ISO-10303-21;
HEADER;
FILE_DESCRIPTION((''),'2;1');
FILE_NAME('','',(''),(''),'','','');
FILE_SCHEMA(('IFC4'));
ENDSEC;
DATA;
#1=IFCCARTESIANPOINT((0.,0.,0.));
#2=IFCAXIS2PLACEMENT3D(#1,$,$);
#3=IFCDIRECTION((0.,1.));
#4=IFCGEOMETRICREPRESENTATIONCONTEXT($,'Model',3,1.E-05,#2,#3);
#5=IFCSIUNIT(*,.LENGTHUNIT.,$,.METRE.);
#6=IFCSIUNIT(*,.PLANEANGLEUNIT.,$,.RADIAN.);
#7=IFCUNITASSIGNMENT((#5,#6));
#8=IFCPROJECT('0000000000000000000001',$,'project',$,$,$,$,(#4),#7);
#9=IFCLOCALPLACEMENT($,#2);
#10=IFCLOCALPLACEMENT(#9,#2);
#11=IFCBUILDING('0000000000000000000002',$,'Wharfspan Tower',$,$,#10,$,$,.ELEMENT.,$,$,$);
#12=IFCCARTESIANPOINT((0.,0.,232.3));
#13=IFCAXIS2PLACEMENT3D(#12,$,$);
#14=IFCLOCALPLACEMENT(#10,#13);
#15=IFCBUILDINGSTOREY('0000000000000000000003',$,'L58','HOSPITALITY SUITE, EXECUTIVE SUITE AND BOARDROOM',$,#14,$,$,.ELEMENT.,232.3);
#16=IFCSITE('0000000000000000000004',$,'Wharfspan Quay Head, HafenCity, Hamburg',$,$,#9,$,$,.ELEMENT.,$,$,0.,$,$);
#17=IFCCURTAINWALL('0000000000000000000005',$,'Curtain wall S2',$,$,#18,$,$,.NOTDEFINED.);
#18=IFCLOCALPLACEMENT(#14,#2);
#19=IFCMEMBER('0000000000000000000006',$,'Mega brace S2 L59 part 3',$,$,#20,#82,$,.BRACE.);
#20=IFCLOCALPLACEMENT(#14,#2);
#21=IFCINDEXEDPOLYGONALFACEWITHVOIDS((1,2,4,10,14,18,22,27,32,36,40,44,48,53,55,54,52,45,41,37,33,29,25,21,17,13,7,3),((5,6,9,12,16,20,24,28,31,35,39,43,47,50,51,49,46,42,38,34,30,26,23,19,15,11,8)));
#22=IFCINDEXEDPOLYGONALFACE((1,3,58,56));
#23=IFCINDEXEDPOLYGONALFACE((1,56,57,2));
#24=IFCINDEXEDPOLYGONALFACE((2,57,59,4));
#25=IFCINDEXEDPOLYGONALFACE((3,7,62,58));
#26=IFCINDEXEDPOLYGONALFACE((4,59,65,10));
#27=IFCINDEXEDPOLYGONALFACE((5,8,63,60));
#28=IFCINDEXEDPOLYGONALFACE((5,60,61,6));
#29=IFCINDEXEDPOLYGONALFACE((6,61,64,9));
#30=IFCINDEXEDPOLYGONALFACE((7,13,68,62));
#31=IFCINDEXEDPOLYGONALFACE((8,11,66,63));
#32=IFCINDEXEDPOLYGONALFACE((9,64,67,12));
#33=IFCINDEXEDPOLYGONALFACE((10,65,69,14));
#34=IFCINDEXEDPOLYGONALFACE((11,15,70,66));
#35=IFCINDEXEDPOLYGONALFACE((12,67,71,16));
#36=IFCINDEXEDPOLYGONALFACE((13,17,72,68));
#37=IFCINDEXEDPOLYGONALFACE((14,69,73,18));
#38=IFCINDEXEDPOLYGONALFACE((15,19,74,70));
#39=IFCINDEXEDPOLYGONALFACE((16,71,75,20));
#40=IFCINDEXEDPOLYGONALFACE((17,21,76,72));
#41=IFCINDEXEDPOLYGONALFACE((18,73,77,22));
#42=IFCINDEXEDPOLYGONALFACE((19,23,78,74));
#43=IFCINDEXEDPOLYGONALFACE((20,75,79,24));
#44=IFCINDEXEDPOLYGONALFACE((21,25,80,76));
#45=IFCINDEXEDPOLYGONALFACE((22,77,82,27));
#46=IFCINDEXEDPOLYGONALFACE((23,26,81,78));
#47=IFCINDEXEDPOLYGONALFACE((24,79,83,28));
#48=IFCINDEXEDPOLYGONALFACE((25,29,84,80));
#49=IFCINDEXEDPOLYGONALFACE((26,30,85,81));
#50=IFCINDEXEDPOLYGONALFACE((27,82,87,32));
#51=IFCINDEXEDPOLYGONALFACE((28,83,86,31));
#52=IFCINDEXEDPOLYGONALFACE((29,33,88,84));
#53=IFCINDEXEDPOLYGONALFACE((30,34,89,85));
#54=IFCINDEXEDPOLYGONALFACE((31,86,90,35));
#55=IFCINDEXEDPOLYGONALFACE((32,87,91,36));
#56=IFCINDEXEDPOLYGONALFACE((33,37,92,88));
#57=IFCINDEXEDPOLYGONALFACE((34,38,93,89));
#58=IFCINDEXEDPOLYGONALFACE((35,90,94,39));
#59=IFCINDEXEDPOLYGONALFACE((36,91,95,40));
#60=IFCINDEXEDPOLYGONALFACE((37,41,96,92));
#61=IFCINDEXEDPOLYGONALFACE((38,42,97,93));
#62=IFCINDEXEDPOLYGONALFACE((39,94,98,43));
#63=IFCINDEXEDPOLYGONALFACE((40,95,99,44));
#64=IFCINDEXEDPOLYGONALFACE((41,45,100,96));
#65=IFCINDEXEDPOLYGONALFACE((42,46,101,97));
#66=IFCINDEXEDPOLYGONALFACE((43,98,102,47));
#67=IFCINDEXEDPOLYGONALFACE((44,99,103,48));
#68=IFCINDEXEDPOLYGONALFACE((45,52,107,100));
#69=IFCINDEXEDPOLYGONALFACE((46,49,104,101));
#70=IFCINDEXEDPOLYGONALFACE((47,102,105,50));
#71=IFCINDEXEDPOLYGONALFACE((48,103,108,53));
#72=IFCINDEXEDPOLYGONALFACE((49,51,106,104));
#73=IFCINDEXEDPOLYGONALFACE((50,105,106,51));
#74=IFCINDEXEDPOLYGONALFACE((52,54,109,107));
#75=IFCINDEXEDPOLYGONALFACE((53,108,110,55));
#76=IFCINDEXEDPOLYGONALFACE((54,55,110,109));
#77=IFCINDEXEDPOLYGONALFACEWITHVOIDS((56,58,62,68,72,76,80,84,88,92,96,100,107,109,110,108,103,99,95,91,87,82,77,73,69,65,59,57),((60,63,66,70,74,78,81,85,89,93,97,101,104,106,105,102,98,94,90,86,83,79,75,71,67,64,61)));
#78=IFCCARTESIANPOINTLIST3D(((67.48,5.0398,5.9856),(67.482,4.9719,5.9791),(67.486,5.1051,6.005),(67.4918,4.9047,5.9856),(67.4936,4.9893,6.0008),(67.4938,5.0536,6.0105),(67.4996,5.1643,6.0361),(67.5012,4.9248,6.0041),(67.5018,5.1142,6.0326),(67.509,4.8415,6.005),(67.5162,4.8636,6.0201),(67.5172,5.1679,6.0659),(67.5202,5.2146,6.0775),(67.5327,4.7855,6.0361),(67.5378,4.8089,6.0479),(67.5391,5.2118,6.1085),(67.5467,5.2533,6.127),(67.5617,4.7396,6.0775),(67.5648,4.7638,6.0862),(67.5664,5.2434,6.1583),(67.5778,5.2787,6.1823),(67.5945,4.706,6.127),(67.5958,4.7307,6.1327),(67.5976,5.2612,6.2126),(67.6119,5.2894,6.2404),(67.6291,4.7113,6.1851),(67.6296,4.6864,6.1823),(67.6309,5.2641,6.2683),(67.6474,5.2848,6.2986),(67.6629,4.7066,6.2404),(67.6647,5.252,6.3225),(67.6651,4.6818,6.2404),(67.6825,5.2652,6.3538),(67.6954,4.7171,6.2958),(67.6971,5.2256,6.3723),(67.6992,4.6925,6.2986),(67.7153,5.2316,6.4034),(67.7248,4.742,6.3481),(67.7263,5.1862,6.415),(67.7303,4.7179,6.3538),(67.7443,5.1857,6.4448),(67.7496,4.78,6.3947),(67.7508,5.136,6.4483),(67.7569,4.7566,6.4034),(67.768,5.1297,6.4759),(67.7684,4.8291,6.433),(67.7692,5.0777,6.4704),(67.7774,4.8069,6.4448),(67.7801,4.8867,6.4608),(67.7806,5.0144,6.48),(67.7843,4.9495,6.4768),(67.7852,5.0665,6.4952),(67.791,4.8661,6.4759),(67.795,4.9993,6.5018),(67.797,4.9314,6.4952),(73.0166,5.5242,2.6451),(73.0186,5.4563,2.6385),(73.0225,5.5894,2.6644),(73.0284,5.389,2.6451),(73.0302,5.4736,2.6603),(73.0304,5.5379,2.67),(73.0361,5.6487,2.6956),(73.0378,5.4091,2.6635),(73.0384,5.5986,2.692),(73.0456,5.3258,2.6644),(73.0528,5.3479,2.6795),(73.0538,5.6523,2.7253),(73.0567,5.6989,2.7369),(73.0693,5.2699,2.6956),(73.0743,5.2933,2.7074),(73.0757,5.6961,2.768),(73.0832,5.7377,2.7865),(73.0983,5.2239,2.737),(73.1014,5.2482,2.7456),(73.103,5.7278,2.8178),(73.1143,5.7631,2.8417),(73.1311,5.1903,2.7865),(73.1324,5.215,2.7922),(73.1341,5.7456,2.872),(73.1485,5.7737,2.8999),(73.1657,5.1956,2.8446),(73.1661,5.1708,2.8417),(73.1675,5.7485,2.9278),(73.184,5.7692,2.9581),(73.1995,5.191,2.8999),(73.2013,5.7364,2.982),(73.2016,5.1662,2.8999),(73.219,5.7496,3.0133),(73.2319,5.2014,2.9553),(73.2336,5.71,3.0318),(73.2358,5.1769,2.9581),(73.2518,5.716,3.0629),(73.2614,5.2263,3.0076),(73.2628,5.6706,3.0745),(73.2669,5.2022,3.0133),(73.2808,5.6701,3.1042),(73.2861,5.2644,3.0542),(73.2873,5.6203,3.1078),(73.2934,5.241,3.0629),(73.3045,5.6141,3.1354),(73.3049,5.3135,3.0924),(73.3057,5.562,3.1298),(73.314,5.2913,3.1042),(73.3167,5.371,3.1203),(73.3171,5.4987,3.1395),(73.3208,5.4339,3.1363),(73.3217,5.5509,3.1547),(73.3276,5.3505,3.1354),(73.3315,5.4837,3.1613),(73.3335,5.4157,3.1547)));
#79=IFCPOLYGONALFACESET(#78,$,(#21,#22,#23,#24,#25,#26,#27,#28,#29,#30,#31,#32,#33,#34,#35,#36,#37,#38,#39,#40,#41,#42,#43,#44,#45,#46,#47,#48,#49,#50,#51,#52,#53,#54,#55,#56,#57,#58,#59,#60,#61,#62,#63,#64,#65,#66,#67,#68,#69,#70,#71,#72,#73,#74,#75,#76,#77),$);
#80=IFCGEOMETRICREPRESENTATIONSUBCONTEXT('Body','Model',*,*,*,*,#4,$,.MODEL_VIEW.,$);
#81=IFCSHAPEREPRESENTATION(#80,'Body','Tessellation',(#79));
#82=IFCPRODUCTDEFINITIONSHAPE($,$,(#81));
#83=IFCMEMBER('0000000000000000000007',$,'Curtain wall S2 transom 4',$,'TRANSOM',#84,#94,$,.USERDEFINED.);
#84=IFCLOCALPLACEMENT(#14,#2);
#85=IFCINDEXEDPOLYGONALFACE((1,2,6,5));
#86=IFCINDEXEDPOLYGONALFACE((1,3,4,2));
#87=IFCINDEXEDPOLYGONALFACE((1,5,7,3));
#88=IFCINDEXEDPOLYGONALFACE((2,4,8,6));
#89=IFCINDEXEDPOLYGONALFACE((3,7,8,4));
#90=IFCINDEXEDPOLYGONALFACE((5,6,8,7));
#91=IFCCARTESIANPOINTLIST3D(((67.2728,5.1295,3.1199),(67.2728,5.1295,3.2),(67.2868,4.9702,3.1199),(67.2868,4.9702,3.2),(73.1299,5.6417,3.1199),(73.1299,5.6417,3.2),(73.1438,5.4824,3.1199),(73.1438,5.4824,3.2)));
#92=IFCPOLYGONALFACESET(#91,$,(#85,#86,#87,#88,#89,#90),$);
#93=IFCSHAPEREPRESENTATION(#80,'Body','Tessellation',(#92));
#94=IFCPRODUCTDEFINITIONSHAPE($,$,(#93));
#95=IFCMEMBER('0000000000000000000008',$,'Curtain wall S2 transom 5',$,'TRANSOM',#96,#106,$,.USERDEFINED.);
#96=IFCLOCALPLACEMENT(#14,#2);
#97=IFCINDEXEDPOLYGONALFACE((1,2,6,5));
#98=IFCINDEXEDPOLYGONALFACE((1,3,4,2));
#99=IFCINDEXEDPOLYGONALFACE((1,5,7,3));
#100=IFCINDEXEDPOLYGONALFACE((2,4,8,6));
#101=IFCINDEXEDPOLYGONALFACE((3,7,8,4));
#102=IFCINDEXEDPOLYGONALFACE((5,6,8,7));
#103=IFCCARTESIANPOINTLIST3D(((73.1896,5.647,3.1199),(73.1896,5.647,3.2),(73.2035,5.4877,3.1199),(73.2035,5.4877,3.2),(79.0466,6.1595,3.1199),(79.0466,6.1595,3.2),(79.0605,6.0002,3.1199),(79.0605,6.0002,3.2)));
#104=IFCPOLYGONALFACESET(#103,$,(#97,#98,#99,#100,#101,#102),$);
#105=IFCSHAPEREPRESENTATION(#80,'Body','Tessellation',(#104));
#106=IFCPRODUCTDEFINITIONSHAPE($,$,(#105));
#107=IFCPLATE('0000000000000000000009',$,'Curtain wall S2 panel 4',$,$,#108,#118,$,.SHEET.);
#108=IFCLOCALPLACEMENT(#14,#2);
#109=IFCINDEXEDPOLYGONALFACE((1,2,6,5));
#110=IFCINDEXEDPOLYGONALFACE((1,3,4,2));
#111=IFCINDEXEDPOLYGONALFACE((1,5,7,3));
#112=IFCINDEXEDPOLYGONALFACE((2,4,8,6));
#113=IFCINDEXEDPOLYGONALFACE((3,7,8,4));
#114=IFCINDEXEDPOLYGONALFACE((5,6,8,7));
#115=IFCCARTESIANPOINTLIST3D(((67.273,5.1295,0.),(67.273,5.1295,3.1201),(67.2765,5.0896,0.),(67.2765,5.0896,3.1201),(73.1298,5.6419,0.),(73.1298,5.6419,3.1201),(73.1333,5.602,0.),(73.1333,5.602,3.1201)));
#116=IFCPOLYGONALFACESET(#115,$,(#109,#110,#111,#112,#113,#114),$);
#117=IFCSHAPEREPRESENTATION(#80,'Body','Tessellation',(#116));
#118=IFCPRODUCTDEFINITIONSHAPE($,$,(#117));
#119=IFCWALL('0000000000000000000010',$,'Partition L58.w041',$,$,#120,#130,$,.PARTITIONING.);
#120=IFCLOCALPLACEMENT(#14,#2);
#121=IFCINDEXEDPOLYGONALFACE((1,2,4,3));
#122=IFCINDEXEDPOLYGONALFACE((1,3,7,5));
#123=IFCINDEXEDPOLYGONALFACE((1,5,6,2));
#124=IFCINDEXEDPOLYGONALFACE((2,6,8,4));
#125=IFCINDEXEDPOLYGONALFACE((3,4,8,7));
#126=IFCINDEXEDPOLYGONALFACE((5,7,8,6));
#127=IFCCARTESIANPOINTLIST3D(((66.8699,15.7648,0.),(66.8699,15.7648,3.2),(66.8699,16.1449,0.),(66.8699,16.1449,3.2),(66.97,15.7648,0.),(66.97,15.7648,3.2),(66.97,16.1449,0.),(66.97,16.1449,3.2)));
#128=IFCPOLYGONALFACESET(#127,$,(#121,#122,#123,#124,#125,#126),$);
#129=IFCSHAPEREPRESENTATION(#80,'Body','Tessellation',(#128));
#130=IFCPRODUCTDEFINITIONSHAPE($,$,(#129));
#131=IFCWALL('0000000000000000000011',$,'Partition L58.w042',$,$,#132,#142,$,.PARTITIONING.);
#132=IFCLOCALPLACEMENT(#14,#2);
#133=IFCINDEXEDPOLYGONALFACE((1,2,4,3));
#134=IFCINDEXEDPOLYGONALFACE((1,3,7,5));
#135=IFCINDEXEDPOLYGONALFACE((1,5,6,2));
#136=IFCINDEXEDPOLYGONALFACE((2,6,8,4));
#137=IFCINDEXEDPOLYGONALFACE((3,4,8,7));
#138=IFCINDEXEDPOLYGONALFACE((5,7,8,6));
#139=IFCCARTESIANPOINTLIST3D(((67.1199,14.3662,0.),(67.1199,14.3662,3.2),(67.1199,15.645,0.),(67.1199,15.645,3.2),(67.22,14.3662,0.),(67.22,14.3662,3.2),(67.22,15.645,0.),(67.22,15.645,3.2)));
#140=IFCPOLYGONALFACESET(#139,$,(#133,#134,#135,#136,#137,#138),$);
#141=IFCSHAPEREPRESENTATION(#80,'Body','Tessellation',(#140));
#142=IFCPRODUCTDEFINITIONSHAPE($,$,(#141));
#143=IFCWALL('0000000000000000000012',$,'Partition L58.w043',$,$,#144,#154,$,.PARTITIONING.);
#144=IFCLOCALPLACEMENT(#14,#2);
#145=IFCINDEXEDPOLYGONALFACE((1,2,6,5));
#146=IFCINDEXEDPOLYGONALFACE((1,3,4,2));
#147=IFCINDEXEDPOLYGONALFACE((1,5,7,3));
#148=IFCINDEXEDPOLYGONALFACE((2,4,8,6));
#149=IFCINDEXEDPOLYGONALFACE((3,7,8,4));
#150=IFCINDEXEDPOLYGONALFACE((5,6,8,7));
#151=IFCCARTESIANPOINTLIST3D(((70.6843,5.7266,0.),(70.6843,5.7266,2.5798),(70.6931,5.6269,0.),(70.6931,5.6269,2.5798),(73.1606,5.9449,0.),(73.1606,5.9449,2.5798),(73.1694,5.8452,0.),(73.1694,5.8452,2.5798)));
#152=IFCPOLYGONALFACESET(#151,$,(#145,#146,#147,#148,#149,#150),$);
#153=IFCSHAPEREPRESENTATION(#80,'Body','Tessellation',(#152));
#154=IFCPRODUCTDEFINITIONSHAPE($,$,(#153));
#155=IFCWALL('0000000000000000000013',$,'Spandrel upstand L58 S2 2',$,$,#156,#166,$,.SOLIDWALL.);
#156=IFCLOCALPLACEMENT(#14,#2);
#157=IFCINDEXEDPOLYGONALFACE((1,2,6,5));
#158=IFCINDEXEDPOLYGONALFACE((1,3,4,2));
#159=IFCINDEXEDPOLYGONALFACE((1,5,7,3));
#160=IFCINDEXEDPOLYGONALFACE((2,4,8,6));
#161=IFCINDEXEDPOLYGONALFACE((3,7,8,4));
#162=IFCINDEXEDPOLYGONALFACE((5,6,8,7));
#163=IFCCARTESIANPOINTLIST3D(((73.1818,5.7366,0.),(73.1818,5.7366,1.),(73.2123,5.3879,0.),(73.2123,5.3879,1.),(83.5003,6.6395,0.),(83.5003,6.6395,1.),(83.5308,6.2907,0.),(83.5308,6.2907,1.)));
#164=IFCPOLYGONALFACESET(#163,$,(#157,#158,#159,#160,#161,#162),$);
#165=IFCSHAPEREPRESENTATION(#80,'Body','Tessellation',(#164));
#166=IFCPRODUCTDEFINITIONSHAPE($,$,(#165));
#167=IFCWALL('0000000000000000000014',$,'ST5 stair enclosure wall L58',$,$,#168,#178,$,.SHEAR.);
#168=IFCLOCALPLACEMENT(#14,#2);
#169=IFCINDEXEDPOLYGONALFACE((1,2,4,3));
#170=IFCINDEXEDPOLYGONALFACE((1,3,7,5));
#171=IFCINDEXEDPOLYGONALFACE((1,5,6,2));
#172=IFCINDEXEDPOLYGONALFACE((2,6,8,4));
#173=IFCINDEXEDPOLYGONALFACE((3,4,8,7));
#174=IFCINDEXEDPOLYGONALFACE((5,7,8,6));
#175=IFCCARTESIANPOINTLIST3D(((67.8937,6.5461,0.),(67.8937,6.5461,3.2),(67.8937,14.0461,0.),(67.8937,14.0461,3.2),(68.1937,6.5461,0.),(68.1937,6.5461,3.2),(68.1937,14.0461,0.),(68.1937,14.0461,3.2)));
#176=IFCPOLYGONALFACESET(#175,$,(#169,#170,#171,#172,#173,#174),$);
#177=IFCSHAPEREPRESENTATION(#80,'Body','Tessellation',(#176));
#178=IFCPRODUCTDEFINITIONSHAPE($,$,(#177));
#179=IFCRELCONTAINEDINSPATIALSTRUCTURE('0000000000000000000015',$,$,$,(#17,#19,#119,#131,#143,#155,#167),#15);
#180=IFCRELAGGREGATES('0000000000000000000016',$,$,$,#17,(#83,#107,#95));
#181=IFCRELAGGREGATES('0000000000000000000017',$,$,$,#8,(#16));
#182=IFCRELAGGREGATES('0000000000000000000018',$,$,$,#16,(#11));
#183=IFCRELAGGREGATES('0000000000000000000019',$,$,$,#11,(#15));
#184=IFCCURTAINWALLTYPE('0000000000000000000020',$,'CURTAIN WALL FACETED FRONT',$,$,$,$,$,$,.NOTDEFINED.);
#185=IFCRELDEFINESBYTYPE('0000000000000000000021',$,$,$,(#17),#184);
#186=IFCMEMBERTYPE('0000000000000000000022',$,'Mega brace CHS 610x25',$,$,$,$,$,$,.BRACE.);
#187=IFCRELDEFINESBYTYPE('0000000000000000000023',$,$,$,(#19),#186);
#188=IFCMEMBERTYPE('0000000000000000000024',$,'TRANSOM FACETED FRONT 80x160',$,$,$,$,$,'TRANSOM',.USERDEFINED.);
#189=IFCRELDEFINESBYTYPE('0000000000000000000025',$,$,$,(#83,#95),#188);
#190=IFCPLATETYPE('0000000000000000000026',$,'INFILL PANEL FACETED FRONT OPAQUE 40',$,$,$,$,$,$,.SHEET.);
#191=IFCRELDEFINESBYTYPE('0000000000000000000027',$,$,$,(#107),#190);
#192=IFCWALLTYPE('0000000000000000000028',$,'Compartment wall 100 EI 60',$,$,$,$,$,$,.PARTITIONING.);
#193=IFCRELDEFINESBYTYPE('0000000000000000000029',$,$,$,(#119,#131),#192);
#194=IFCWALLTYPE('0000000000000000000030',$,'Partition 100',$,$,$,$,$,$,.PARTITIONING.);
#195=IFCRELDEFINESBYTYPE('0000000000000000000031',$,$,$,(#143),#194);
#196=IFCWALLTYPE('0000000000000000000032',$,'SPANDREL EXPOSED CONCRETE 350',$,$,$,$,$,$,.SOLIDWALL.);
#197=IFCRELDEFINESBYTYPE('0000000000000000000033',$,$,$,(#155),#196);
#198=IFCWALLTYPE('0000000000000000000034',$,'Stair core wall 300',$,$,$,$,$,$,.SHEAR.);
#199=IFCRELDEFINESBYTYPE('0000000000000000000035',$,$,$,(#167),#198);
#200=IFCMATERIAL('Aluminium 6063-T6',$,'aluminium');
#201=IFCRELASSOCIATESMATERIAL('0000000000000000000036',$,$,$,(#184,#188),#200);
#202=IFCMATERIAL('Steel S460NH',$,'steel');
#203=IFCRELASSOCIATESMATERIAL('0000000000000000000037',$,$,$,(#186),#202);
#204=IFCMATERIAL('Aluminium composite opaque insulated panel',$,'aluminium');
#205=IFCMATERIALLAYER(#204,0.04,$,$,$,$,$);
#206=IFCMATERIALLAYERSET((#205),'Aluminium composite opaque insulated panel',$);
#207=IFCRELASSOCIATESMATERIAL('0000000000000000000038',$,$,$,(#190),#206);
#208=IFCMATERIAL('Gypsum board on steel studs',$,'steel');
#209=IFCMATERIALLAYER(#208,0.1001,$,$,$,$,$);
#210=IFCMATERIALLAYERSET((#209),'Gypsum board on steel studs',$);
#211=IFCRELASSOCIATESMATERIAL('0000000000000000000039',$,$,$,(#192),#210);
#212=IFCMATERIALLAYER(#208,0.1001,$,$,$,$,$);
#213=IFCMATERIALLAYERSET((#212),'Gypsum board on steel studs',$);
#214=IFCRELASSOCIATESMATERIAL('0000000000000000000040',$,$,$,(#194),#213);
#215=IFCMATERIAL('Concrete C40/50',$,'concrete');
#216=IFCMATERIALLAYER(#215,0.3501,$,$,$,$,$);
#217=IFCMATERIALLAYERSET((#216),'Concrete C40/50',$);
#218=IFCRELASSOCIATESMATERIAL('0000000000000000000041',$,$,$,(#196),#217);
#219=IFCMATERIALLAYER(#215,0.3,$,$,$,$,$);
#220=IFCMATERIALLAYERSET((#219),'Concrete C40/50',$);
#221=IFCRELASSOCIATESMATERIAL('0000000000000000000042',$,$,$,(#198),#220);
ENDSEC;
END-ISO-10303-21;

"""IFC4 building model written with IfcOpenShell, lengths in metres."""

from ifc_helpers import new_model, si_unit, direction, frame, frame_2d, origin, origin_2d, place, context, subcontext, project, spatial, rectangle, hollow_circle, extrude, material, layer, layer_set, material_profile, profile_set, type_object, element, aggregate, save


model = new_model("IFC4")

# Units and contexts
model_context = context("Model", 3, precision=1e-05, world=origin(), true_north=direction((0.0, 1.0)))
body_context = subcontext(model_context, "Body", "Model", "MODEL_VIEW")
ifc_project = project(units=[si_unit("LENGTHUNIT", "METRE"), si_unit("PLANEANGLEUNIT", "RADIAN")], contexts=[model_context])

# Site, building, storey
site_placement = place(None, origin())
site = spatial("IfcSite", under=ifc_project, at=site_placement, Name="Wharfspan Quay Head, HafenCity, Hamburg", CompositionType="ELEMENT", RefElevation=0.0)
building_placement = place(site_placement, origin())
building = spatial("IfcBuilding", under=site, at=building_placement, Name="Wharfspan Tower", CompositionType="ELEMENT")
storey_placement = place(building_placement, frame((0.0, 0.0, 232.3)))
storey = spatial("IfcBuildingStorey", under=building, at=storey_placement, Name="L58", Description="HOSPITALITY SUITE, EXECUTIVE SUITE AND BOARDROOM", CompositionType="ELEMENT", Elevation=232.3)

# Curtain wall
ifc_material_1 = material(Name="Aluminium 6063-T6", Category="aluminium")
curtain_wall_type = type_object("IfcCurtainWallType", Name="CURTAIN WALL FACETED FRONT", PredefinedType="NOTDEFINED", material=ifc_material_1)
curtain_wall_placement = place(storey_placement, origin())
curtain_wall = element("IfcCurtainWall", 1, at=curtain_wall_placement, inside=storey, type_object=curtain_wall_type, Name="Curtain wall S2", PredefinedType="NOTDEFINED")

# Members
ifc_material_2 = material(Name="Steel S460NH", Category="steel")
ifc_material_profile_1 = material_profile(ifc_material_2, hollow_circle(Radius=0.3049, WallThickness=0.0249, at=origin_2d()))
ifc_profile_set_1 = profile_set([ifc_material_profile_1], Name="Steel S460NH")
member_type_1 = type_object("IfcMemberType", Name="Mega brace CHS 610x25", PredefinedType="BRACE", material=ifc_profile_set_1)
member_1_placement = place(storey_placement, frame((73.175, 5.47, 2.8999), z_axis=(-0.853829, -0.074698, 0.515166), x_axis=(0.087155, -0.996197, 0.000003)))
element("IfcMember", 2, at=member_1_placement, inside=storey, type_object=member_type_1, Name="Mega brace S2 L59 part 3", PredefinedType="BRACE", context=body_context, shape_type="SweptSolid", body=[
    extrude(hollow_circle(Radius=0.3049, WallThickness=0.0249, at=origin_2d()), origin(), (0.0, 0.0, 1.0), 6.4844),
])
ifc_material_profile_2 = material_profile(ifc_material_1, rectangle(XDim=0.1599, YDim=0.0801, at=origin_2d()))
ifc_profile_set_2 = profile_set([ifc_material_profile_2], Name="Aluminium 6063-T6")
member_type_2 = type_object("IfcMemberType", Name="TRANSOM FACETED FRONT 80x160", ElementType="TRANSOM", PredefinedType="USERDEFINED", material=ifc_profile_set_2)
member_2_placement = place(storey_placement, frame((67.2798, 5.0498, 3.1599), z_axis=(0.996198, 0.087121, 0.0), x_axis=(-0.087121, 0.996198, 0.0)))
member_2 = element("IfcMember", 3, at=member_2_placement, type_object=member_type_2, Name="Curtain wall S2 transom 4", ObjectType="TRANSOM", PredefinedType="USERDEFINED", context=body_context, shape_type="SweptSolid", body=[
    extrude(rectangle(XDim=0.1599, YDim=0.0801, at=origin_2d()), origin(), (0.0, 0.0, 1.0), 5.8794),
])
member_3_placement = place(storey_placement, frame((73.1965, 5.5674, 3.1599), z_axis=(0.996194, 0.087162, 0.0), x_axis=(-0.087162, 0.996194, 0.0)))
member_3 = element("IfcMember", 4, at=member_3_placement, type_object=member_type_2, Name="Curtain wall S2 transom 5", ObjectType="TRANSOM", PredefinedType="USERDEFINED", context=body_context, shape_type="SweptSolid", body=[
    extrude(rectangle(XDim=0.1599, YDim=0.0801, at=origin_2d()), origin(), (0.0, 0.0, 1.0), 5.8794),
])

# Plate
ifc_material_3 = material(Name="Aluminium composite opaque insulated panel", Category="aluminium")
ifc_layer_1 = layer(ifc_material_3, 0.04)
ifc_layer_set_1 = layer_set([ifc_layer_1], Name="Aluminium composite opaque insulated panel")
plate_type = type_object("IfcPlateType", Name="INFILL PANEL FACETED FRONT OPAQUE 40", PredefinedType="SHEET", material=ifc_layer_set_1)
plate_placement = place(storey_placement, frame((70.2031, 5.3657, 0.0), z_axis=(0.0, 0.0, 1.0), x_axis=(0.996197, 0.087156, 0.0)))
plate = element("IfcPlate", 5, at=plate_placement, type_object=plate_type, Name="Curtain wall S2 panel 4", PredefinedType="SHEET", context=body_context, shape_type="SweptSolid", body=[
    extrude(rectangle(XDim=5.8792, YDim=0.04, at=origin_2d()), origin(), (0.0, 0.0, 1.0), 3.1201),
])
aggregate(curtain_wall, [member_2, plate, member_3])

# Walls
ifc_material_4 = material(Name="Gypsum board on steel studs", Category="steel")
ifc_layer_2 = layer(ifc_material_4, 0.1001)
ifc_layer_set_2 = layer_set([ifc_layer_2], Name="Gypsum board on steel studs")
wall_type_1 = type_object("IfcWallType", Name="Compartment wall 100 EI 60", PredefinedType="PARTITIONING", material=ifc_layer_set_2)
wall_1_placement = place(storey_placement, frame((66.9199, 15.7649, 0.0), z_axis=(0.0, 0.0, 1.0), x_axis=(0.0, 1.0, 0.0)))
element("IfcWall", 6, at=wall_1_placement, inside=storey, type_object=wall_type_1, Name="Partition L58.w041", PredefinedType="PARTITIONING", context=body_context, shape_type="SweptSolid", body=[
    extrude(rectangle(XDim=0.3801, YDim=0.1001, at=frame_2d((0.1899, 0.0))), origin(), (0.0, 0.0, 1.0), 3.2),
])
wall_2_placement = place(storey_placement, frame((67.1699, 14.3662, 0.0), z_axis=(0.0, 0.0, 1.0), x_axis=(0.0, 1.0, 0.0)))
element("IfcWall", 7, at=wall_2_placement, inside=storey, type_object=wall_type_1, Name="Partition L58.w042", PredefinedType="PARTITIONING", context=body_context, shape_type="SweptSolid", body=[
    extrude(rectangle(XDim=1.2788, YDim=0.1001, at=frame_2d((0.6394, 0.0))), origin(), (0.0, 0.0, 1.0), 3.2),
])
ifc_layer_3 = layer(ifc_material_4, 0.1001)
ifc_layer_set_3 = layer_set([ifc_layer_3], Name="Gypsum board on steel studs")
wall_type_2 = type_object("IfcWallType", Name="Partition 100", PredefinedType="PARTITIONING", material=ifc_layer_set_3)
wall_3_placement = place(storey_placement, frame((70.6887, 5.6768, 0.0), z_axis=(0.0, 0.0, 1.0), x_axis=(0.996136, 0.087799, 0.0)))
element("IfcWall", 8, at=wall_3_placement, inside=storey, type_object=wall_type_2, Name="Partition L58.w043", PredefinedType="PARTITIONING", context=body_context, shape_type="SweptSolid", body=[
    extrude(rectangle(XDim=2.4858, YDim=0.1001, at=frame_2d((1.2429, 0.0))), origin(), (0.0, 0.0, 1.0), 2.5798),
])
ifc_material_5 = material(Name="Concrete C40/50", Category="concrete")
ifc_layer_4 = layer(ifc_material_5, 0.3501)
ifc_layer_set_4 = layer_set([ifc_layer_4], Name="Concrete C40/50")
wall_type_3 = type_object("IfcWallType", Name="SPANDREL EXPOSED CONCRETE 350", PredefinedType="SOLIDWALL", material=ifc_layer_set_4)
wall_4_placement = place(storey_placement, frame((73.197, 5.5623, 0.0), z_axis=(0.0, 0.0, 1.0), x_axis=(0.996198, 0.087163, 0.0)))
element("IfcWall", 9, at=wall_4_placement, inside=storey, type_object=wall_type_3, Name="Spandrel upstand L58 S2 2", PredefinedType="SOLIDWALL", context=body_context, shape_type="SweptSolid", body=[
    extrude(rectangle(XDim=10.3579, YDim=0.3501, at=frame_2d((5.179, 0.0))), origin(), (0.0, 0.0, 1.0), 1.0),
])
ifc_layer_5 = layer(ifc_material_5, 0.3)
ifc_layer_set_5 = layer_set([ifc_layer_5], Name="Concrete C40/50")
wall_type_4 = type_object("IfcWallType", Name="Stair core wall 300", PredefinedType="SHEAR", material=ifc_layer_set_5)
wall_5_placement = place(storey_placement, frame((68.0437, 6.5461, 0.0), z_axis=(0.0, 0.0, 1.0), x_axis=(0.0, 1.0, 0.0)))
element("IfcWall", 10, at=wall_5_placement, inside=storey, type_object=wall_type_4, Name="ST5 stair enclosure wall L58", PredefinedType="SHEAR", context=body_context, shape_type="SweptSolid", body=[
    extrude(rectangle(XDim=7.5, YDim=0.3, at=frame_2d((3.75, 0.0))), origin(), (0.0, 0.0, 1.0), 3.2),
])

save(model, "model.ifc")
